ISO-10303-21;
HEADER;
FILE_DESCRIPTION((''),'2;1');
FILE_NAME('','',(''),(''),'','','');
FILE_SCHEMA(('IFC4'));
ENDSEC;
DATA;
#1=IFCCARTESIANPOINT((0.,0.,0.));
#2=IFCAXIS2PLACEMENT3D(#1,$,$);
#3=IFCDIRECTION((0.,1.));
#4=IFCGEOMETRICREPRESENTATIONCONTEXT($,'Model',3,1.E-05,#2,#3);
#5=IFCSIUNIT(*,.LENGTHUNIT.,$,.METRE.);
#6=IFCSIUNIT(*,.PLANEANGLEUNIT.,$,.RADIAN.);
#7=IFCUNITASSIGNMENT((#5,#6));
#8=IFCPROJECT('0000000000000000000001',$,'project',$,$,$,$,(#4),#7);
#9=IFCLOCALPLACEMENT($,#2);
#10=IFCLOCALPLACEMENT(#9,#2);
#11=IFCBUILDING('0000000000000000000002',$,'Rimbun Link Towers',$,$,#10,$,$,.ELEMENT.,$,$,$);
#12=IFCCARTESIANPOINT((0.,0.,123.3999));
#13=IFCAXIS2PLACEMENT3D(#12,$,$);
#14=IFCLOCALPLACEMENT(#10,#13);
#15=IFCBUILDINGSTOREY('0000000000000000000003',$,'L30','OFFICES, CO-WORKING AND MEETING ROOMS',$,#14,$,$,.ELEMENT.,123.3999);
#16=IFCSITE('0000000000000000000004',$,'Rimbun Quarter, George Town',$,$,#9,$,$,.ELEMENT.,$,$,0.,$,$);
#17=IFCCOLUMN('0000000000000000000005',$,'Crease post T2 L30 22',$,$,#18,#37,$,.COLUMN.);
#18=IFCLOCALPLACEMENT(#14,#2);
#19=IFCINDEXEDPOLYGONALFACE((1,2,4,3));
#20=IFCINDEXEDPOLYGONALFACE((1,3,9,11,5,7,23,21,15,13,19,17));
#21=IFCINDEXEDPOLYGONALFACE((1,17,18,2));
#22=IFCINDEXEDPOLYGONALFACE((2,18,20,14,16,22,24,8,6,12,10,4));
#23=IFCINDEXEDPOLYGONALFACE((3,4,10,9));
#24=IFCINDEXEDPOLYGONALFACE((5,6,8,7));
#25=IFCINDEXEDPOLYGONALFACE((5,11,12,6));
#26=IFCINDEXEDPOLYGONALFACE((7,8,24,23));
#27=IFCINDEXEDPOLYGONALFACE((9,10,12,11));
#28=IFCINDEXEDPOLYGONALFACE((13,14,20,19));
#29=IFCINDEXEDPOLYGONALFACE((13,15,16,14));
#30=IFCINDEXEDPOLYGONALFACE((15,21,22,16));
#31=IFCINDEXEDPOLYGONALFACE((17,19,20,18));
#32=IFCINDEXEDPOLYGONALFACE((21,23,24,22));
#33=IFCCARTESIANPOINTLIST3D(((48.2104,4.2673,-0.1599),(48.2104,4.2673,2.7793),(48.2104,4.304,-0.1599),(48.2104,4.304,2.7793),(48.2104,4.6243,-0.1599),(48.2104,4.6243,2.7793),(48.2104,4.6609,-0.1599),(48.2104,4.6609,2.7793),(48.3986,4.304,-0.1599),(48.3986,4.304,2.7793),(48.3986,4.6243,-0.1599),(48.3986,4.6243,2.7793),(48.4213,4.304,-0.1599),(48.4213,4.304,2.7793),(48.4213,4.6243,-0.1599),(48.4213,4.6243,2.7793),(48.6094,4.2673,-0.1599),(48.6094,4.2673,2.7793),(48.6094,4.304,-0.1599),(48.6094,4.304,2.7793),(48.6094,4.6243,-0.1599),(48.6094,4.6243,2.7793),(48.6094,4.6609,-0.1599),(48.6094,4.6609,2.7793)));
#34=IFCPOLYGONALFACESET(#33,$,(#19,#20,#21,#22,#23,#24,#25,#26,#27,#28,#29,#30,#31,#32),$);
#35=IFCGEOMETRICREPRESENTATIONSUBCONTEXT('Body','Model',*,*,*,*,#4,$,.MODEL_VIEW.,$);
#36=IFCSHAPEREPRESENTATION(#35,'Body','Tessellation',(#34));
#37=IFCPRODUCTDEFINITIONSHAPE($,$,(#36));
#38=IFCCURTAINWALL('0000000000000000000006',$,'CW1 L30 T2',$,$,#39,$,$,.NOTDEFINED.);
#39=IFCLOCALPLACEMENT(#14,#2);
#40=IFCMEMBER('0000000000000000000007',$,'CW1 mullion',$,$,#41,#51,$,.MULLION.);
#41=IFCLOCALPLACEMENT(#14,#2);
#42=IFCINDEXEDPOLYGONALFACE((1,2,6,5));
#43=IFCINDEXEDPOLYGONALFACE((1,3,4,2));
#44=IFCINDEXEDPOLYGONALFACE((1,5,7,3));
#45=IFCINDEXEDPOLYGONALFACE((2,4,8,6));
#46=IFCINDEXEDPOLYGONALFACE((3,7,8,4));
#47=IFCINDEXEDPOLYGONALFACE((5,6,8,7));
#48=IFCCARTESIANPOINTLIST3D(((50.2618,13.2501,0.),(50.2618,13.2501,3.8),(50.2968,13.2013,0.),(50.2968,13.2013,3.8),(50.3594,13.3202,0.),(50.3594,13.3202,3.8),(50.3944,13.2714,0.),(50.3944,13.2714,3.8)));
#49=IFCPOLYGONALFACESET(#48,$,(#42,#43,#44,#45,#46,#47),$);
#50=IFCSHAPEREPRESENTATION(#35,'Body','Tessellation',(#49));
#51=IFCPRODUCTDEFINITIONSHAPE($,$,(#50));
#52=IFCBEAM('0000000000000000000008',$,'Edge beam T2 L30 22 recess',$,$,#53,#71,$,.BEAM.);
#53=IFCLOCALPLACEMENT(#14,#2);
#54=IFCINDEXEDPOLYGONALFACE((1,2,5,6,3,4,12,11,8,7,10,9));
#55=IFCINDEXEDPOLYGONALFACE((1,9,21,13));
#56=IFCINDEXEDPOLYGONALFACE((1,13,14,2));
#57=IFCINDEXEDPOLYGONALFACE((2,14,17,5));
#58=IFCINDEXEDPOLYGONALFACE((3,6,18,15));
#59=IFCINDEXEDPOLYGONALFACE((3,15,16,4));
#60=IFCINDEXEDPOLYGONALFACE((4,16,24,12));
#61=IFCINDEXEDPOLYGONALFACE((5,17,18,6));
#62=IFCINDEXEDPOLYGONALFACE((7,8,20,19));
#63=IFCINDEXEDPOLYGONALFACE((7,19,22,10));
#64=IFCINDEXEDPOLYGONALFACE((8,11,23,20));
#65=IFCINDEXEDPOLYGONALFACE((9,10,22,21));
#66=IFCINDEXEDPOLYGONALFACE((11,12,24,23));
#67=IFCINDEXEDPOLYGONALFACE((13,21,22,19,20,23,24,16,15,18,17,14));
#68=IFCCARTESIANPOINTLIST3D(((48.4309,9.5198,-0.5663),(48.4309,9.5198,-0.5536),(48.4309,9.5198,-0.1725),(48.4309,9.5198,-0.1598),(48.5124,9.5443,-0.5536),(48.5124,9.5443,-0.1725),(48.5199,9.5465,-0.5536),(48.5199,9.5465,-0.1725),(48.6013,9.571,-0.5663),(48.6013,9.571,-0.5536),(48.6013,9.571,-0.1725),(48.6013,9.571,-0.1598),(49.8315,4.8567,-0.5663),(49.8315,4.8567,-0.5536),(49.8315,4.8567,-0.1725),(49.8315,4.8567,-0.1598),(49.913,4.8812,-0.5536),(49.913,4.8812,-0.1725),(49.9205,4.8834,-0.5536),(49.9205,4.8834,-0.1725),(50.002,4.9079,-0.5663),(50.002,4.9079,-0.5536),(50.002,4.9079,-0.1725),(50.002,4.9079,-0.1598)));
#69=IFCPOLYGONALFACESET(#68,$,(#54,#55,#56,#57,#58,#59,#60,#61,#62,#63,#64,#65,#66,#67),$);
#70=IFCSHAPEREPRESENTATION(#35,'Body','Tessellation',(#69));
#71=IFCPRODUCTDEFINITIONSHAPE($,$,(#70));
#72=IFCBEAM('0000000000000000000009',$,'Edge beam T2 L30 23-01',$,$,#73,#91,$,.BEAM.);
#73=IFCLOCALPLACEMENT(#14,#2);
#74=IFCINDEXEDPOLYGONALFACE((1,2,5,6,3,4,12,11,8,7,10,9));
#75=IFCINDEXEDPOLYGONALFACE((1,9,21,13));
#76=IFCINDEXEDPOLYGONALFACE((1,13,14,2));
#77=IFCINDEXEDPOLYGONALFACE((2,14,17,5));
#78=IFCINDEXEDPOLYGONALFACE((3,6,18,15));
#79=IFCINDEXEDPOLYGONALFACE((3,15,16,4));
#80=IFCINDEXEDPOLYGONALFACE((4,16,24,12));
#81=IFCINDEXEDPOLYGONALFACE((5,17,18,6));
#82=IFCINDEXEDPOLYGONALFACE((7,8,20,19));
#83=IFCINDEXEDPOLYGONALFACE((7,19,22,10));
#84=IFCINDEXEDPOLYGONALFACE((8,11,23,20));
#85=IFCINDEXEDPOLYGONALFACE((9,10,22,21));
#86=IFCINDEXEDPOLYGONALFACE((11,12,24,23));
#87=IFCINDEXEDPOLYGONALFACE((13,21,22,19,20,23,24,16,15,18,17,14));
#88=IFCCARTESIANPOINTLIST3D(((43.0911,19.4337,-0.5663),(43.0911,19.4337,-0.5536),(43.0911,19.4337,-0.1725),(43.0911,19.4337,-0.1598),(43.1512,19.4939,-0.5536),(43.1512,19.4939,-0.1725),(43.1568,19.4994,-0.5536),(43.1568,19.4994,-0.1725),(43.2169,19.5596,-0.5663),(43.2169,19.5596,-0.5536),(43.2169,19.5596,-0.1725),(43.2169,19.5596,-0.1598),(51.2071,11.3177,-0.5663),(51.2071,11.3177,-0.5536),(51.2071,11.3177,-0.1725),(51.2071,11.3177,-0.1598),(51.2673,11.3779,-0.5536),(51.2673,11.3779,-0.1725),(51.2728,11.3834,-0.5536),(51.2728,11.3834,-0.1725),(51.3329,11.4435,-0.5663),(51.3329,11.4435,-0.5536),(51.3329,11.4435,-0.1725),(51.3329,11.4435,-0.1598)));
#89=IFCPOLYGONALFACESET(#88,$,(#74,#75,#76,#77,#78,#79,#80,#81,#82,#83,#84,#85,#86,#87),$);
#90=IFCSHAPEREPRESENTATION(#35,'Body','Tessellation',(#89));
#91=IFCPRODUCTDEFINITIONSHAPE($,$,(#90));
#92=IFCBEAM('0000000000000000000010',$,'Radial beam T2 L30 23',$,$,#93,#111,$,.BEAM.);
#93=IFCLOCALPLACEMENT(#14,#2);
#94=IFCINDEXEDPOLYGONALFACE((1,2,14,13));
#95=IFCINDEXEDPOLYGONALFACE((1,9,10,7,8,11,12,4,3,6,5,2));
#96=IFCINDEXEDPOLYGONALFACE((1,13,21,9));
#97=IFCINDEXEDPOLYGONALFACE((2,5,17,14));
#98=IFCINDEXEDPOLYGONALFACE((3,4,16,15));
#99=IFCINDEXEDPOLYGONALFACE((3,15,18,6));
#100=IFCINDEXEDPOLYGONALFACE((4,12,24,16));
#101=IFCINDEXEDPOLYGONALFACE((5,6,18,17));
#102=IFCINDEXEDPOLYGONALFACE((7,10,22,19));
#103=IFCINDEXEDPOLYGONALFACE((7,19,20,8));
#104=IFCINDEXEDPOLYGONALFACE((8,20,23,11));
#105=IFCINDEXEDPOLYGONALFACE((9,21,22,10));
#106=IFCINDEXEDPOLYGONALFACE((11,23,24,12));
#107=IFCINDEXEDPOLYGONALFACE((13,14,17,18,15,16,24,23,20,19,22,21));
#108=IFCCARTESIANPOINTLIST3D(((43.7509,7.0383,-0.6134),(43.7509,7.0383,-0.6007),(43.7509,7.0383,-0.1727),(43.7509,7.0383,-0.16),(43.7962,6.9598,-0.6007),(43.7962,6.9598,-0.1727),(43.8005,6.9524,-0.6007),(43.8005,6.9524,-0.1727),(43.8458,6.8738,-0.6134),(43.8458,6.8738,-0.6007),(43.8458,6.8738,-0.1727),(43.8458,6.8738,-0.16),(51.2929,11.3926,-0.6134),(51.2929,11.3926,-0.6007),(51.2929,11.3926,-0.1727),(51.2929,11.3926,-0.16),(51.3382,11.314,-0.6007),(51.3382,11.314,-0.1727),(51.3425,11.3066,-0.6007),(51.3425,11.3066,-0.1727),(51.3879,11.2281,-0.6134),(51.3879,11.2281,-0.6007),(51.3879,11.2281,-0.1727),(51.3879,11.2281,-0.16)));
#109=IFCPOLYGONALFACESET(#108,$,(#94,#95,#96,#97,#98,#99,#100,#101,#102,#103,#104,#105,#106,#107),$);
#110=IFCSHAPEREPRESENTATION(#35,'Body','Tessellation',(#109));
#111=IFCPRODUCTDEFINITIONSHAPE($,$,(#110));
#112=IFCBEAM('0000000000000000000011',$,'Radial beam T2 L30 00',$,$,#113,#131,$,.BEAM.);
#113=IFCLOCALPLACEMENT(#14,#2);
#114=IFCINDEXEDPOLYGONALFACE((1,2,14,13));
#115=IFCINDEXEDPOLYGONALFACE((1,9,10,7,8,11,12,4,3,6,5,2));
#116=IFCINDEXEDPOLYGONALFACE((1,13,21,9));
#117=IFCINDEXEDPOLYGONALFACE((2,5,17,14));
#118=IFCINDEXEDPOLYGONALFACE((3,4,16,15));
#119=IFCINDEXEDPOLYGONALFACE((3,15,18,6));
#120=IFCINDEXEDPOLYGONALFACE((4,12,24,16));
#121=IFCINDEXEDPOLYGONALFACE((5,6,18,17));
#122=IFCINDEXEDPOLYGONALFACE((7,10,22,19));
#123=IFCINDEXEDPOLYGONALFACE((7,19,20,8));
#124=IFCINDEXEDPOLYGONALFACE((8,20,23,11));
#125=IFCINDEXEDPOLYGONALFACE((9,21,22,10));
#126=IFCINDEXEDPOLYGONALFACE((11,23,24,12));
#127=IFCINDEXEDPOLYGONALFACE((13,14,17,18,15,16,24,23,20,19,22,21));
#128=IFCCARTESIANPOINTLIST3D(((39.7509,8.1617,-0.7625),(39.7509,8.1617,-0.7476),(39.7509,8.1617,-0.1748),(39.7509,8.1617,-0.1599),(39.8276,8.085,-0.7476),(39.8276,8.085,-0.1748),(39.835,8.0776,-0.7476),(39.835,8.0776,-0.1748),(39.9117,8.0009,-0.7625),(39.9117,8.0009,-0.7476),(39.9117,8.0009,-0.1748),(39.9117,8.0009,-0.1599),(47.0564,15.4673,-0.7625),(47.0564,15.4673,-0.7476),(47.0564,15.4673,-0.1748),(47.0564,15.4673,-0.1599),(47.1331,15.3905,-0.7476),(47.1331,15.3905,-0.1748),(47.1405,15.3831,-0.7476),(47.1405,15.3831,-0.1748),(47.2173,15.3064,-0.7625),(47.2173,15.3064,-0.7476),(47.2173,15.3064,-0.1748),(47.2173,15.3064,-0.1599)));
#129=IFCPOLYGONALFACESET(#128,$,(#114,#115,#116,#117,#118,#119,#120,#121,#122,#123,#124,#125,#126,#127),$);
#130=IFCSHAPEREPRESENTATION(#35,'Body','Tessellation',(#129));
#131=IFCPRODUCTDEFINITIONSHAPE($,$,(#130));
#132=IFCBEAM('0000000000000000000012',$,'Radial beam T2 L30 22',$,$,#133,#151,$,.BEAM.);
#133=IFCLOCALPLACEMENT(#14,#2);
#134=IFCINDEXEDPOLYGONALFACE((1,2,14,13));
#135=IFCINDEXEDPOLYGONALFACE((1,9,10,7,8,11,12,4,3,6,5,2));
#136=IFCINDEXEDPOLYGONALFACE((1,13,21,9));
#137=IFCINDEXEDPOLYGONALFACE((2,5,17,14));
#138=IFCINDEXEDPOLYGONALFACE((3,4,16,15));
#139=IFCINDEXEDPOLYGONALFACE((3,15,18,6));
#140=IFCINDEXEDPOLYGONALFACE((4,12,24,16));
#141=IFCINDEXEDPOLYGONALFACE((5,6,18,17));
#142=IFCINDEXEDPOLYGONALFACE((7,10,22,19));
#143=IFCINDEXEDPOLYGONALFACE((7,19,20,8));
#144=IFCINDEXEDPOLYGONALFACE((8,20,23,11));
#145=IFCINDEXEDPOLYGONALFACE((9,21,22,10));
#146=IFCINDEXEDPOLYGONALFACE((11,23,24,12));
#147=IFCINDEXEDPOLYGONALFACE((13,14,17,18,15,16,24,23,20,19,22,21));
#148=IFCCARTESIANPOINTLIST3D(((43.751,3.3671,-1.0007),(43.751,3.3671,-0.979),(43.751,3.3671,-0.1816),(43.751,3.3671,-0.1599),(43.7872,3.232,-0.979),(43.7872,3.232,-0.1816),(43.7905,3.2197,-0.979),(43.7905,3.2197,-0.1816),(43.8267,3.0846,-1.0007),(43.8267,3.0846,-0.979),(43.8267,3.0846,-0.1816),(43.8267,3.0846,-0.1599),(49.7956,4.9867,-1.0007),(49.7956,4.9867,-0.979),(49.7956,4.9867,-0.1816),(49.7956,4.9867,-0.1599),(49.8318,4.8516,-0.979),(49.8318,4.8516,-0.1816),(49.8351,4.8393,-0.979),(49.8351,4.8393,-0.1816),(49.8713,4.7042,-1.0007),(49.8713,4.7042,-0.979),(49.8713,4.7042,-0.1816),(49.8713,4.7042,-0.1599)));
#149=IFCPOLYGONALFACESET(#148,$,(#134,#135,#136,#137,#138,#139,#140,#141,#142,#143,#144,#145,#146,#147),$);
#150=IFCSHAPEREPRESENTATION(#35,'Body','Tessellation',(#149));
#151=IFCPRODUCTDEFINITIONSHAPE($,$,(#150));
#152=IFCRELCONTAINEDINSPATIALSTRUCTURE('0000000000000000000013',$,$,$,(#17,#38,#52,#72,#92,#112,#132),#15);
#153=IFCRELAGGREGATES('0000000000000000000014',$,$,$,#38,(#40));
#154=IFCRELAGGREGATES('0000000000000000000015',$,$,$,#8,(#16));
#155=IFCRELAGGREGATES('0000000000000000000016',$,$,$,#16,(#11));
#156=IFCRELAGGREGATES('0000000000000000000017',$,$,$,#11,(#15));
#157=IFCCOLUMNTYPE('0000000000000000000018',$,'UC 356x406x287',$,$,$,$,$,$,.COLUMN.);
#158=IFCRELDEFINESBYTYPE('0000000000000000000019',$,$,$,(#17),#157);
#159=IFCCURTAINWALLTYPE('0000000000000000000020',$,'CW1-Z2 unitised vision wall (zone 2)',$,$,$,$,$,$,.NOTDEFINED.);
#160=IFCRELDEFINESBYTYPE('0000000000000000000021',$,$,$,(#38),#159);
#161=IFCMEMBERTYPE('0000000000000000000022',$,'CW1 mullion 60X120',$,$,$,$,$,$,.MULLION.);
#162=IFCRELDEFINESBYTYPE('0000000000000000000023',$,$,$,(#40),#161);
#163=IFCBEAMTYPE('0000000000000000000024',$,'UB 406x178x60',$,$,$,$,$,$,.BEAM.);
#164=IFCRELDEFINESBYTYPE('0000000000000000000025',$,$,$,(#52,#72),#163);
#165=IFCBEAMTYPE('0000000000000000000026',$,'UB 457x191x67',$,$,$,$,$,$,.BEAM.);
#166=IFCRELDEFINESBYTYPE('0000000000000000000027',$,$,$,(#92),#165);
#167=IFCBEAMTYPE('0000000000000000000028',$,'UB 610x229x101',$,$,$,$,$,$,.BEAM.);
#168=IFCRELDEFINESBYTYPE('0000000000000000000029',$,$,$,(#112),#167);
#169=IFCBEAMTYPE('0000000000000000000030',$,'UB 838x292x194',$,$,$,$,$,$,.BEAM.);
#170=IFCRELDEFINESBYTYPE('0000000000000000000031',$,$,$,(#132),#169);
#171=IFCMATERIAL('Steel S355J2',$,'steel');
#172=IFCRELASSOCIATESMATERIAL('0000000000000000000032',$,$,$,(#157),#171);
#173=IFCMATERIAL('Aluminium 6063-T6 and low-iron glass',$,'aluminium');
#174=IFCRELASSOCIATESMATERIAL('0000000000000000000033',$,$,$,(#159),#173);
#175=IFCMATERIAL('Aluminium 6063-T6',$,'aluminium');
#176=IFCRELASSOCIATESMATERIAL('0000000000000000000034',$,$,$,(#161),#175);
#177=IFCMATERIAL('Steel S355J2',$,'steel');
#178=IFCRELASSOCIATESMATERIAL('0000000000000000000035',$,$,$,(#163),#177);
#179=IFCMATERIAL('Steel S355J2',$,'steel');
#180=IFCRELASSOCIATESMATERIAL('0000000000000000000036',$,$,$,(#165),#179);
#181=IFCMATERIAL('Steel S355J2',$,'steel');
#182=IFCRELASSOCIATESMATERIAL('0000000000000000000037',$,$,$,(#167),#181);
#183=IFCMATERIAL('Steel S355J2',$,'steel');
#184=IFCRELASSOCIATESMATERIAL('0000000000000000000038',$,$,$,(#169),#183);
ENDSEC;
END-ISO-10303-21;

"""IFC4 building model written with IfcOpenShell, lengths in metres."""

from ifc_helpers import new_model, si_unit, direction, frame, origin, origin_2d, place, context, subcontext, project, spatial, rectangle, i_section, extrude, material, material_profile, profile_set, type_object, element, aggregate, save


model = new_model("IFC4")

# Units and contexts
model_context = context("Model", 3, precision=1e-05, world=origin(), true_north=direction((0.0, 1.0)))
body_context = subcontext(model_context, "Body", "Model", "MODEL_VIEW")
ifc_project = project(units=[si_unit("LENGTHUNIT", "METRE"), si_unit("PLANEANGLEUNIT", "RADIAN")], contexts=[model_context])

# Site, building, storey
site_placement = place(None, origin())
site = spatial("IfcSite", under=ifc_project, at=site_placement, Name="Rimbun Quarter, George Town", CompositionType="ELEMENT", RefElevation=0.0)
building_placement = place(site_placement, origin())
building = spatial("IfcBuilding", under=site, at=building_placement, Name="Rimbun Link Towers", CompositionType="ELEMENT")
storey_placement = place(building_placement, frame((0.0, 0.0, 123.3999)))
storey = spatial("IfcBuildingStorey", under=building, at=storey_placement, Name="L30", Description="OFFICES, CO-WORKING AND MEETING ROOMS", CompositionType="ELEMENT", Elevation=123.3999)

# Column
ifc_material_1 = material(Name="Steel S355J2", Category="steel")
ifc_material_profile_1 = material_profile(ifc_material_1, i_section(OverallWidth=0.3989, OverallDepth=0.3936, WebThickness=0.0227, FlangeThickness=0.0366, at=origin_2d()), Name="UC 356x406x287")
ifc_profile_set_1 = profile_set([ifc_material_profile_1], Name="Steel S355J2")
column_type = type_object("IfcColumnType", Name="UC 356x406x287", PredefinedType="COLUMN", material=ifc_profile_set_1)
column_placement = place(storey_placement, frame((48.4099, 4.4641, -0.1599), z_axis=(0.0, 0.0, 1.0), x_axis=(1.0, 0.0, 0.0)))
element("IfcColumn", 1, at=column_placement, inside=storey, type_object=column_type, Name="Crease post T2 L30 22", PredefinedType="COLUMN", context=body_context, shape_type="SweptSolid", body=[
    extrude(i_section(OverallWidth=0.3989, OverallDepth=0.3936, WebThickness=0.0227, FlangeThickness=0.0366, at=origin_2d()), origin(), (0.0, 0.0, 1.0), 2.9392),
])

# Curtain wall, member
ifc_material_2 = material(Name="Aluminium 6063-T6 and low-iron glass", Category="aluminium")
curtain_wall_type = type_object("IfcCurtainWallType", Name="CW1-Z2 unitised vision wall (zone 2)", PredefinedType="NOTDEFINED", material=ifc_material_2)
curtain_wall_placement = place(storey_placement, origin())
curtain_wall = element("IfcCurtainWall", 2, at=curtain_wall_placement, inside=storey, type_object=curtain_wall_type, Name="CW1 L30 T2", PredefinedType="NOTDEFINED")
ifc_material_3 = material(Name="Aluminium 6063-T6", Category="aluminium")
ifc_material_profile_2 = material_profile(ifc_material_3, rectangle(XDim=0.1201, YDim=0.0601, at=origin_2d()), Name="MULLION 60X120")
ifc_profile_set_2 = profile_set([ifc_material_profile_2], Name="Aluminium 6063-T6")
member_type_1 = type_object("IfcMemberType", Name="CW1 mullion 60X120", PredefinedType="MULLION", material=ifc_profile_set_2)
member_1_placement = place(storey_placement, frame((50.3281, 13.2607, 0.0), z_axis=(0.0, 0.0, 1.0), x_axis=(0.812469, 0.583004, 0.0)))
member_1 = element("IfcMember", 3, at=member_1_placement, type_object=member_type_1, Name="CW1 mullion", PredefinedType="MULLION", context=body_context, shape_type="SweptSolid", body=[
    extrude(rectangle(XDim=0.1201, YDim=0.0601, at=origin_2d()), origin(), (0.0, 0.0, 1.0), 3.8),
])
aggregate(curtain_wall, [member_1])

# Beams
ifc_material_4 = material(Name="Steel S355J2", Category="steel")
ifc_material_profile_3 = material_profile(ifc_material_4, i_section(OverallWidth=0.178, OverallDepth=0.4065, WebThickness=0.0078, FlangeThickness=0.0127, at=origin_2d()), Name="UB 406x178x60")
ifc_profile_set_3 = profile_set([ifc_material_profile_3], Name="Steel S355J2")
beam_type_1 = type_object("IfcBeamType", Name="UB 406x178x60", PredefinedType="BEAM", material=ifc_profile_set_3)
beam_1_placement = place(storey_placement, frame((49.9167, 4.8823, -0.363), z_axis=(-0.28767, 0.95773, 0.0), x_axis=(-0.95773, -0.28767, 0.0)))
element("IfcBeam", 4, at=beam_1_placement, inside=storey, type_object=beam_type_1, Name="Edge beam T2 L30 22 recess", PredefinedType="BEAM", context=body_context, shape_type="SweptSolid", body=[
    extrude(i_section(OverallWidth=0.178, OverallDepth=0.4065, WebThickness=0.0078, FlangeThickness=0.0127, at=origin_2d()), origin(), (0.0, 0.0, 1.0), 4.8689),
])
beam_2_placement = place(storey_placement, frame((51.27, 11.3806, -0.363), z_axis=(-0.707107, 0.707107, 0.0), x_axis=(-0.707107, -0.707107, 0.0)))
element("IfcBeam", 5, at=beam_2_placement, inside=storey, type_object=beam_type_1, Name="Edge beam T2 L30 23-01", PredefinedType="BEAM", context=body_context, shape_type="SweptSolid", body=[
    extrude(i_section(OverallWidth=0.178, OverallDepth=0.4065, WebThickness=0.0078, FlangeThickness=0.0127, at=origin_2d()), origin(), (0.0, 0.0, 1.0), 11.4778),
])
ifc_material_5 = material(Name="Steel S355J2", Category="steel")
ifc_material_profile_4 = material_profile(ifc_material_5, i_section(OverallWidth=0.1899, OverallDepth=0.4534, WebThickness=0.0085, FlangeThickness=0.0127, at=origin_2d()), Name="UB 457x191x67")
ifc_profile_set_4 = profile_set([ifc_material_profile_4], Name="Steel S355J2")
beam_type_2 = type_object("IfcBeamType", Name="UB 457x191x67", PredefinedType="BEAM", material=ifc_profile_set_4)
beam_3_placement = place(storey_placement, frame((43.7983, 6.9561, -0.3867), z_axis=(0.866032, 0.499989, 0.0), x_axis=(-0.499989, 0.866032, 0.0)))
element("IfcBeam", 6, at=beam_3_placement, inside=storey, type_object=beam_type_2, Name="Radial beam T2 L30 23", PredefinedType="BEAM", context=body_context, shape_type="SweptSolid", body=[
    extrude(i_section(OverallWidth=0.1899, OverallDepth=0.4534, WebThickness=0.0085, FlangeThickness=0.0127, at=origin_2d()), origin(), (0.0, 0.0, 1.0), 8.7087),
])
ifc_material_6 = material(Name="Steel S355J2", Category="steel")
ifc_material_profile_5 = material_profile(ifc_material_6, i_section(OverallWidth=0.2275, OverallDepth=0.6025, WebThickness=0.0105, FlangeThickness=0.0149, at=origin_2d()), Name="UB 610x229x101")
ifc_profile_set_5 = profile_set([ifc_material_profile_5], Name="Steel S355J2")
beam_type_3 = type_object("IfcBeamType", Name="UB 610x229x101", PredefinedType="BEAM", material=ifc_profile_set_5)
beam_4_placement = place(storey_placement, frame((39.8313, 8.0813, -0.4612), z_axis=(0.707107, 0.707107, 0.0), x_axis=(-0.707107, 0.707107, 0.0)))
element("IfcBeam", 7, at=beam_4_placement, inside=storey, type_object=beam_type_3, Name="Radial beam T2 L30 00", PredefinedType="BEAM", context=body_context, shape_type="SweptSolid", body=[
    extrude(i_section(OverallWidth=0.2275, OverallDepth=0.6025, WebThickness=0.0105, FlangeThickness=0.0149, at=origin_2d()), origin(), (0.0, 0.0, 1.0), 10.3315),
])
ifc_material_7 = material(Name="Steel S355J2", Category="steel")
ifc_material_profile_6 = material_profile(ifc_material_7, i_section(OverallWidth=0.2925, OverallDepth=0.8408, WebThickness=0.0127, FlangeThickness=0.0217, at=origin_2d()), Name="UB 838x292x194")
ifc_profile_set_6 = profile_set([ifc_material_profile_6], Name="Steel S355J2")
beam_type_4 = type_object("IfcBeamType", Name="UB 838x292x194", PredefinedType="BEAM", material=ifc_profile_set_6)
beam_5_placement = place(storey_placement, frame((43.7888, 3.2258, -0.5803), z_axis=(0.965927, 0.258813, 0.0), x_axis=(-0.258813, 0.965927, 0.0)))
element("IfcBeam", 8, at=beam_5_placement, inside=storey, type_object=beam_type_4, Name="Radial beam T2 L30 22", PredefinedType="BEAM", context=body_context, shape_type="SweptSolid", body=[
    extrude(i_section(OverallWidth=0.2925, OverallDepth=0.8408, WebThickness=0.0127, FlangeThickness=0.0217, at=origin_2d()), origin(), (0.0, 0.0, 1.0), 6.2578),
])

save(model, "model.ifc")
